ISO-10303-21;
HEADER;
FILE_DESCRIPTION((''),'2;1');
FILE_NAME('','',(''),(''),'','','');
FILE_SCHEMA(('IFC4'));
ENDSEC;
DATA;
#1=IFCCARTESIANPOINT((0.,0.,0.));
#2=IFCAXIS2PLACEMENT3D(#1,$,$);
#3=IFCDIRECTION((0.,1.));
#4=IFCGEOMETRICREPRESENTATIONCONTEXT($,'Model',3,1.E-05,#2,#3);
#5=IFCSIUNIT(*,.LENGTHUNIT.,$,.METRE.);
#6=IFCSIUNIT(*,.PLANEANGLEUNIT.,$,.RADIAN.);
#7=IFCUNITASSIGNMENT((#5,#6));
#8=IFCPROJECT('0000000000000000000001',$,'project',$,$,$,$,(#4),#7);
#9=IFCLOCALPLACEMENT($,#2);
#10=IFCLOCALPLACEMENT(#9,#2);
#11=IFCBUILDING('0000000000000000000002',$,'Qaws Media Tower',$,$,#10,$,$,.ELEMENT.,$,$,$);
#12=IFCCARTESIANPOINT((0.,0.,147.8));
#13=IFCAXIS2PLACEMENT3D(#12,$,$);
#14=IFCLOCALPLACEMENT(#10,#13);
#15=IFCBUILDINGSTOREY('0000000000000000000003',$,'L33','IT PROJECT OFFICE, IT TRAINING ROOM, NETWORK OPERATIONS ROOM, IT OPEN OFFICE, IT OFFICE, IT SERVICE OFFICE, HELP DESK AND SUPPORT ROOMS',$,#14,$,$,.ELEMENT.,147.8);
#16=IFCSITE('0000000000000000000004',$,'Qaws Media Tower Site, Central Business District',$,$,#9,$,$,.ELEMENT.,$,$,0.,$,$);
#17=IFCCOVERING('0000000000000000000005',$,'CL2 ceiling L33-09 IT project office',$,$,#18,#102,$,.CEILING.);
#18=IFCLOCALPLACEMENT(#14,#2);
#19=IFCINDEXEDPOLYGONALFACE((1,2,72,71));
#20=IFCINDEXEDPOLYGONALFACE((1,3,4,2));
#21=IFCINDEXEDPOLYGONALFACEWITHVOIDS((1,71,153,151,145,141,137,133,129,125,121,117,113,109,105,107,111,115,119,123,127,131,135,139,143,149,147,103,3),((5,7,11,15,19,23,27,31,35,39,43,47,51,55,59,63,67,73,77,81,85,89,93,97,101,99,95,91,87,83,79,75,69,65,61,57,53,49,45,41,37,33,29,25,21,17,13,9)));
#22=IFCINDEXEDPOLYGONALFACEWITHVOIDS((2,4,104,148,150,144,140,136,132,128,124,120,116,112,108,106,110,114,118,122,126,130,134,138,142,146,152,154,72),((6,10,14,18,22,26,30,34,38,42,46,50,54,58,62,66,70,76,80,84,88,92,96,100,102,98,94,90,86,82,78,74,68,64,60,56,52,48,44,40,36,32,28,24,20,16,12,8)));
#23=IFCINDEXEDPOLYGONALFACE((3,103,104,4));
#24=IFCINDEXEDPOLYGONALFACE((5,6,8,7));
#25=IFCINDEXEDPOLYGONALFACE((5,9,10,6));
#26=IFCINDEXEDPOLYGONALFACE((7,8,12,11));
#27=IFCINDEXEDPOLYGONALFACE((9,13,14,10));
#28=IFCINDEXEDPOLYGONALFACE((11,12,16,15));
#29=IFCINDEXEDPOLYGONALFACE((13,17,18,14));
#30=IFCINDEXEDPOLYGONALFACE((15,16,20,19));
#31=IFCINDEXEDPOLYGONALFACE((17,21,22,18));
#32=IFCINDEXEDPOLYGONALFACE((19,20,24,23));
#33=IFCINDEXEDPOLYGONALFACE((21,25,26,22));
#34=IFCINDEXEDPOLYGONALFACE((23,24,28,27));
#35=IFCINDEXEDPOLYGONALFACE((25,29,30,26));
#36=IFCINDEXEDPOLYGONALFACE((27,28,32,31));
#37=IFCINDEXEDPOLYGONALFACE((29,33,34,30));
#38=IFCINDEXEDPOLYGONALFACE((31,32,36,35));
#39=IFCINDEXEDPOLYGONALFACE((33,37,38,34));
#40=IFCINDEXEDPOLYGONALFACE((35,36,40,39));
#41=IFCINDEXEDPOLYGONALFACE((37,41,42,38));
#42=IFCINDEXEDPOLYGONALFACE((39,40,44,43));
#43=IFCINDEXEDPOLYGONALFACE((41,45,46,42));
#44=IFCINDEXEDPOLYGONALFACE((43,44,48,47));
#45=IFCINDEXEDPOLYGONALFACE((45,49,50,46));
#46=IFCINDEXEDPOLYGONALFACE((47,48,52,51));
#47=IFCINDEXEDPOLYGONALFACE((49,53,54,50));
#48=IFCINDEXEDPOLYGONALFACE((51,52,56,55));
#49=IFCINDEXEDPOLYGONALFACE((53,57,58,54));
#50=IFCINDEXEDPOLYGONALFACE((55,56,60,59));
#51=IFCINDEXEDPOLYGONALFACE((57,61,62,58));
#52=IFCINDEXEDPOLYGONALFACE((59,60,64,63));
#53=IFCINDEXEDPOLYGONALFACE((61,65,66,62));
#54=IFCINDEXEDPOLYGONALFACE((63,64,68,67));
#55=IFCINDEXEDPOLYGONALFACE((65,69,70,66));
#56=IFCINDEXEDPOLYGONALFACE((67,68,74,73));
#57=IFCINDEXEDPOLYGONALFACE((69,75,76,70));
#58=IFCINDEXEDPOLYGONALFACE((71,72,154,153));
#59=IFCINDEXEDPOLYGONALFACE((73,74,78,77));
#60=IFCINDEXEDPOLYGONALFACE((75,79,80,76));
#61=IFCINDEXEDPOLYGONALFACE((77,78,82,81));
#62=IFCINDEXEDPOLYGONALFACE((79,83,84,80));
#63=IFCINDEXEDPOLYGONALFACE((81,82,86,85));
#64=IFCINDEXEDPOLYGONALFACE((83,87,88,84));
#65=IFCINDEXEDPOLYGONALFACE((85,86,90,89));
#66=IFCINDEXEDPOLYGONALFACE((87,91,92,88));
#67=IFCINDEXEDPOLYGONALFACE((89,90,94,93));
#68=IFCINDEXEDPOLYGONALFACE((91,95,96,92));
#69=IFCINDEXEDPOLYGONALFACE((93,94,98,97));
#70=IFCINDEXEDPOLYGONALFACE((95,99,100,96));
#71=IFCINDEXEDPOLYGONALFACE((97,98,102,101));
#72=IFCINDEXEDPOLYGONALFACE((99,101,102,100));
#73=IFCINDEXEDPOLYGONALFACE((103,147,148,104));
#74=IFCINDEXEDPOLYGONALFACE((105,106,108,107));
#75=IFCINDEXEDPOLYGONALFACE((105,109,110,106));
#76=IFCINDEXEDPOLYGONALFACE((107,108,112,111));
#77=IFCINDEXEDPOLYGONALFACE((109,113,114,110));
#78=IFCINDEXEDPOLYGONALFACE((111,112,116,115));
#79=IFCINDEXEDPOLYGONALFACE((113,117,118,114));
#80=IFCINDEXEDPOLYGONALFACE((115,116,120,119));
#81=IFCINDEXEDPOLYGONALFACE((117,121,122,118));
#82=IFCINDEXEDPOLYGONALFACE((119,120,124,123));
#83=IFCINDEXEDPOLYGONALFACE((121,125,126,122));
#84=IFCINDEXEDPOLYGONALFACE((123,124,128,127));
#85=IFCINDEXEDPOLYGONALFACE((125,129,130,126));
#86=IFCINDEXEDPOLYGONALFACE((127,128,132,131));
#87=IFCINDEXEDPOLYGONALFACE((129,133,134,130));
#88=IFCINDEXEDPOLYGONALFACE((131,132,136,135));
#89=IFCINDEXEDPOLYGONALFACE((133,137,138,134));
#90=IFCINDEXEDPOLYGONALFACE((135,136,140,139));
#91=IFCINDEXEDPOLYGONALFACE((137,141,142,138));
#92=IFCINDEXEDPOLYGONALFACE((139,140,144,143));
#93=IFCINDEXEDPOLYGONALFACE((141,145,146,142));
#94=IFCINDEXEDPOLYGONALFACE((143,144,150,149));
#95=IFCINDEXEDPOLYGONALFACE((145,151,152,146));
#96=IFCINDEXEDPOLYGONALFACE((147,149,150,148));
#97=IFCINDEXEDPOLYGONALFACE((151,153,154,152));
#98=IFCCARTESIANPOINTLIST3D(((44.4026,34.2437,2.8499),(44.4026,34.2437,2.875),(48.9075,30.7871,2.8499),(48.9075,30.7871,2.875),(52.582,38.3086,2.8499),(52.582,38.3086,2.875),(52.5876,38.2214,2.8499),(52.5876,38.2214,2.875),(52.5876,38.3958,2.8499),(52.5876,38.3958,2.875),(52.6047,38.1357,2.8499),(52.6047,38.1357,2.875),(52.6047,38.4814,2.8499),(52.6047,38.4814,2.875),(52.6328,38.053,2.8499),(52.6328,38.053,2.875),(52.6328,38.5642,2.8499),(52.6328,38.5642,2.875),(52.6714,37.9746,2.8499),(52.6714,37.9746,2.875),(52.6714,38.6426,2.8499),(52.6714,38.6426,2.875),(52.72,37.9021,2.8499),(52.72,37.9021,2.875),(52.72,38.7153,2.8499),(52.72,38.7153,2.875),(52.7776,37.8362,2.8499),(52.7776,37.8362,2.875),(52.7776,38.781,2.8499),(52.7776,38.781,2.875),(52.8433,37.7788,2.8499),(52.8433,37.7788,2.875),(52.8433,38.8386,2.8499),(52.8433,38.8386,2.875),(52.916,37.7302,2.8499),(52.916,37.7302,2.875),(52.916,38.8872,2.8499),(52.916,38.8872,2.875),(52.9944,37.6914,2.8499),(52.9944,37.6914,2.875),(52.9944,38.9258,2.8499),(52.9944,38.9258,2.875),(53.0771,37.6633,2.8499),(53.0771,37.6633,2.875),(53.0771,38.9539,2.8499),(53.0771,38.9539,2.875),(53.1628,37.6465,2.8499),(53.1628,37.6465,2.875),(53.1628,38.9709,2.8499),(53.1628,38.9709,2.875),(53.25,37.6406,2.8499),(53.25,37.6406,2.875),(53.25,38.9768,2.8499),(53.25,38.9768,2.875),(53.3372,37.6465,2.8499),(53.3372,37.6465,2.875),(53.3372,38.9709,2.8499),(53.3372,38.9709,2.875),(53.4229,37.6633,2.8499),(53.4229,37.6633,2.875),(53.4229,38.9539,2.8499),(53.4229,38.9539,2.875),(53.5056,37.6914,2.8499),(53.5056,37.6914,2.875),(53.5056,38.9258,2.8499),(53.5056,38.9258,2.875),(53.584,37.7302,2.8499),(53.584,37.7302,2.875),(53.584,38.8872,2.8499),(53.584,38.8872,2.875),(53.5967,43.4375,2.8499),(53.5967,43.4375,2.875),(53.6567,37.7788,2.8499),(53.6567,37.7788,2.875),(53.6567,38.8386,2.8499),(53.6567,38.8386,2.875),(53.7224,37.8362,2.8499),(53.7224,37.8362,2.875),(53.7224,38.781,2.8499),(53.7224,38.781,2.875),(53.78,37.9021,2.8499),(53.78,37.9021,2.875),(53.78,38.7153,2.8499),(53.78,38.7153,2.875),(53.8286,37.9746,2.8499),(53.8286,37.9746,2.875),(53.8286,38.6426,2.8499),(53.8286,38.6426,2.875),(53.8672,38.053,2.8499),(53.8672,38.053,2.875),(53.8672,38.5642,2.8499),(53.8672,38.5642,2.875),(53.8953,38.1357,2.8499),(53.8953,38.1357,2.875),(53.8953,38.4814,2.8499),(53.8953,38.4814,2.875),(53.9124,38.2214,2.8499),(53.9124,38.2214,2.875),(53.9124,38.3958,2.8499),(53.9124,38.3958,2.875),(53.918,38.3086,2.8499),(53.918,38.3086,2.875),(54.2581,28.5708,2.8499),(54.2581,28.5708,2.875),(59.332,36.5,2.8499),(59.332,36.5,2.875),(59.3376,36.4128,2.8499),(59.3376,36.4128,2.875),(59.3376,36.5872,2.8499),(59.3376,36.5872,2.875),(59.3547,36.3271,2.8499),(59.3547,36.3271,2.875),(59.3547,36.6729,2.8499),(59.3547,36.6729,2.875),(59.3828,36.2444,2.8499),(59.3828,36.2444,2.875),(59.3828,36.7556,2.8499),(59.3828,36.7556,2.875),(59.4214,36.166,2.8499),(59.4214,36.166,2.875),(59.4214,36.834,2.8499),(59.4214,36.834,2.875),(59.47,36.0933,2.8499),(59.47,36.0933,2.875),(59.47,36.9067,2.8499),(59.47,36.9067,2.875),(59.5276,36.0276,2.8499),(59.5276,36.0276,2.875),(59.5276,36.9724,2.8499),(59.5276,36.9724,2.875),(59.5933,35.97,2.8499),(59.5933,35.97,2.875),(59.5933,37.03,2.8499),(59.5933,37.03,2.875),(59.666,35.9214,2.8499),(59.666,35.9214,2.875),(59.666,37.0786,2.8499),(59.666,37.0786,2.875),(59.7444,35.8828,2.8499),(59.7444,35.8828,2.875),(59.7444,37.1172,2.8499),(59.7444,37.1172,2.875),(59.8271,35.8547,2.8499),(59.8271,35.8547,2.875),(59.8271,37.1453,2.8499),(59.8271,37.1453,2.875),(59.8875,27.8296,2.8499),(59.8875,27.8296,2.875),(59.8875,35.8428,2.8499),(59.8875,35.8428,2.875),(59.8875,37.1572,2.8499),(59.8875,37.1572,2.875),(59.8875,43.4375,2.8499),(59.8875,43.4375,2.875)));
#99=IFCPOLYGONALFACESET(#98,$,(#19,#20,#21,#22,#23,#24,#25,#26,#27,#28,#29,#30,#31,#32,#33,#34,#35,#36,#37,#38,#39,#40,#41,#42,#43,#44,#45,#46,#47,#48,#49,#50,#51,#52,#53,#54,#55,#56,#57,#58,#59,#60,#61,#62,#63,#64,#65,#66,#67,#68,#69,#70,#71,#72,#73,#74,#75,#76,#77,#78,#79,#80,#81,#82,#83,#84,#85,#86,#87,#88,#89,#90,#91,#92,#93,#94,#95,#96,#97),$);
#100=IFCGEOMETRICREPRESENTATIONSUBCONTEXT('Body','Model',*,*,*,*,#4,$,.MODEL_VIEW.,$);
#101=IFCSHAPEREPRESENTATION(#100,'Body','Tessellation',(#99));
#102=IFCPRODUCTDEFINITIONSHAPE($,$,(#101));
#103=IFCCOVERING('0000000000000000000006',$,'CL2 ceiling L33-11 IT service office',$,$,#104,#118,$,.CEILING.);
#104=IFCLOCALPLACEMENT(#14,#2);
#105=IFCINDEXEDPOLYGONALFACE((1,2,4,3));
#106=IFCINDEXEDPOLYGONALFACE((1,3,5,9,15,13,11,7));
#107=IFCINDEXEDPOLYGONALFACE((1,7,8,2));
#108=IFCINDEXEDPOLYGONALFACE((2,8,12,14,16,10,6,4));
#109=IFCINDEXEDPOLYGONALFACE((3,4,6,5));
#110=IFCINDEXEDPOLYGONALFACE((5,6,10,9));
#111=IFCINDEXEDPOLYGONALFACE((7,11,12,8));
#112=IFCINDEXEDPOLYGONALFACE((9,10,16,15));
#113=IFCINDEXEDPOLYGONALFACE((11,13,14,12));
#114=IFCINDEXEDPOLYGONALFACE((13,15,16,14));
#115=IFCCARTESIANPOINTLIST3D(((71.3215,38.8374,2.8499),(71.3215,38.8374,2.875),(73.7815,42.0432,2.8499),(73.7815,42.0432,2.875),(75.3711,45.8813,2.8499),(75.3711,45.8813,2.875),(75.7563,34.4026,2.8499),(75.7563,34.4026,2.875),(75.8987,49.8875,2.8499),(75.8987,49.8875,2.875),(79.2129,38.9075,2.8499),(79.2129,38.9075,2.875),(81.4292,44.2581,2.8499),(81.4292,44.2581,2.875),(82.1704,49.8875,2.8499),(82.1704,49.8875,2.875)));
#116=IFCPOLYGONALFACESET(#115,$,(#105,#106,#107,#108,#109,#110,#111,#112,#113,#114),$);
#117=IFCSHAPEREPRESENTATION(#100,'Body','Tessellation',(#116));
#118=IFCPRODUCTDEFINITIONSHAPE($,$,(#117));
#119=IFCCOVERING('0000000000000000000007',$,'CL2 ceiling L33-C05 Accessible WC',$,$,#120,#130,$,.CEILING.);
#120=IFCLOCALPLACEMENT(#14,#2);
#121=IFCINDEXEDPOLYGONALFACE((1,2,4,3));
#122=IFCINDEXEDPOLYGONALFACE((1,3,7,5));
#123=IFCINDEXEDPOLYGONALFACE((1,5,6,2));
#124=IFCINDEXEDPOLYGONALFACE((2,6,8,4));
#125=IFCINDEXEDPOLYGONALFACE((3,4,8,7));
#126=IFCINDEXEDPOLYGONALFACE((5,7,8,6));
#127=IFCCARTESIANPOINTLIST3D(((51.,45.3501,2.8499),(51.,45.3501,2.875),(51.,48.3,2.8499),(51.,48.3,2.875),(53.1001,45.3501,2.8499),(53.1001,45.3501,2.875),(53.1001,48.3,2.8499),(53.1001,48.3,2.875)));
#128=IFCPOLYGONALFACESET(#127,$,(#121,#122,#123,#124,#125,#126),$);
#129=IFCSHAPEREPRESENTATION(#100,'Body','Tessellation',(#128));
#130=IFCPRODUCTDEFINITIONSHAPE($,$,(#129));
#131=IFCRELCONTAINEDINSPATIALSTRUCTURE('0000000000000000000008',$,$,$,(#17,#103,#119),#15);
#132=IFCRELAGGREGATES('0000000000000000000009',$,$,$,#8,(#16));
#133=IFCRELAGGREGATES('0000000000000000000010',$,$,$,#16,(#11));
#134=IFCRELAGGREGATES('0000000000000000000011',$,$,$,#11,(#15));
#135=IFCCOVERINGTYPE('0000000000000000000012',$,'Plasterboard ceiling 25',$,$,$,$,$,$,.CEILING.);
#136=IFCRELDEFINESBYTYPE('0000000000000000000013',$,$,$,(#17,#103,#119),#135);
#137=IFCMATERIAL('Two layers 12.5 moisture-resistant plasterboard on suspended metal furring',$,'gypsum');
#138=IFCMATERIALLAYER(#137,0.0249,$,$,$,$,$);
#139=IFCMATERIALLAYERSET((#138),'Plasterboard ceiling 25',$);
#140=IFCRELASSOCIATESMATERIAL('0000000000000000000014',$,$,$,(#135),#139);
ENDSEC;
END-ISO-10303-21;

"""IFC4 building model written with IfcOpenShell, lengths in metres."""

from ifc_helpers import new_model, si_unit, direction, frame, origin, place, context, subcontext, project, spatial, polyline, outline, extrude, material, layer, layer_set, type_object, element, save


model = new_model("IFC4")

# Units and contexts
model_context = context("Model", 3, precision=1e-05, world=origin(), true_north=direction((0.0, 1.0)))
body_context = subcontext(model_context, "Body", "Model", "MODEL_VIEW")
ifc_project = project(units=[si_unit("LENGTHUNIT", "METRE"), si_unit("PLANEANGLEUNIT", "RADIAN")], contexts=[model_context])

# Site, building, storey
site_placement = place(None, origin())
site = spatial("IfcSite", under=ifc_project, at=site_placement, Name="Qaws Media Tower Site, Central Business District", CompositionType="ELEMENT", RefElevation=0.0)
building_placement = place(site_placement, origin())
building = spatial("IfcBuilding", under=site, at=building_placement, Name="Qaws Media Tower", CompositionType="ELEMENT")
storey_placement = place(building_placement, frame((0.0, 0.0, 147.8)))
storey = spatial("IfcBuildingStorey", under=building, at=storey_placement, Name="L33", Description="IT PROJECT OFFICE, IT TRAINING ROOM, NETWORK OPERATIONS ROOM, IT OPEN OFFICE, IT OFFICE, IT SERVICE OFFICE, HELP DESK AND SUPPORT ROOMS", CompositionType="ELEMENT", Elevation=147.8)

# Coverings
ifc_material_1 = material(Name="Two layers 12.5 moisture-resistant plasterboard on suspended metal furring", Category="gypsum")
ifc_layer_1 = layer(ifc_material_1, 0.0249)
ifc_layer_set_1 = layer_set([ifc_layer_1], Name="Plasterboard ceiling 25")
covering_type_1 = type_object("IfcCoveringType", Name="Plasterboard ceiling 25", PredefinedType="CEILING", material=ifc_layer_set_1)
covering_1_placement = place(storey_placement, frame((0.0, 0.0, 2.8499)))
element("IfcCovering", 1, at=covering_1_placement, inside=storey, type_object=covering_type_1, Name="CL2 ceiling L33-09 IT project office", PredefinedType="CEILING", context=body_context, shape_type="SweptSolid", body=[
    extrude(outline(polyline([(54.2581, 28.5708), (48.9075, 30.7871), (44.4026, 34.2437), (53.5967, 43.4375), (59.8875, 43.4375), (59.8875, 37.1572), (59.8271, 37.1453), (59.7444, 37.1172), (59.666, 37.0786), (59.5933, 37.03), (59.5276, 36.9724), (59.47, 36.9067), (59.4214, 36.834), (59.3828, 36.7556), (59.3547, 36.6729), (59.3376, 36.5872), (59.332, 36.5), (59.3376, 36.4128), (59.3547, 36.3271), (59.3828, 36.2444), (59.4214, 36.166), (59.47, 36.0933), (59.5276, 36.0276), (59.5933, 35.97), (59.666, 35.9214), (59.7444, 35.8828), (59.8271, 35.8547), (59.8875, 35.8428), (59.8875, 27.8296), (54.2581, 28.5708)]), holes=[polyline([(53.8953, 38.1357), (53.9124, 38.2214), (53.918, 38.3086), (53.9124, 38.3958), (53.8953, 38.4814), (53.8672, 38.5642), (53.8286, 38.6426), (53.78, 38.7153), (53.7224, 38.781), (53.6567, 38.8386), (53.584, 38.8872), (53.5056, 38.9258), (53.4229, 38.9539), (53.3372, 38.9709), (53.25, 38.9768), (53.1628, 38.9709), (53.0771, 38.9539), (52.9944, 38.9258), (52.916, 38.8872), (52.8433, 38.8386), (52.7776, 38.781), (52.72, 38.7153), (52.6714, 38.6426), (52.6328, 38.5642), (52.6047, 38.4814), (52.5876, 38.3958), (52.582, 38.3086), (52.5876, 38.2214), (52.6047, 38.1357), (52.6328, 38.053), (52.6714, 37.9746), (52.72, 37.9021), (52.7776, 37.8362), (52.8433, 37.7788), (52.916, 37.7302), (52.9944, 37.6914), (53.0771, 37.6633), (53.1628, 37.6465), (53.25, 37.6406), (53.3372, 37.6465), (53.4229, 37.6633), (53.5056, 37.6914), (53.584, 37.7302), (53.6567, 37.7788), (53.7224, 37.8362), (53.78, 37.9021), (53.8286, 37.9746), (53.8672, 38.053), (53.8953, 38.1357)])]), origin(), (0.0, 0.0, 1.0), 0.0251),
])
covering_2_placement = place(storey_placement, frame((0.0, 0.0, 2.8499)))
element("IfcCovering", 2, at=covering_2_placement, inside=storey, type_object=covering_type_1, Name="CL2 ceiling L33-11 IT service office", PredefinedType="CEILING", context=body_context, shape_type="SweptSolid", body=[
    extrude(outline(polyline([(81.4292, 44.2581), (79.2129, 38.9075), (75.7563, 34.4026), (71.3215, 38.8374), (73.7815, 42.0432), (75.3711, 45.8813), (75.8987, 49.8875), (82.1704, 49.8875), (81.4292, 44.2581)])), origin(), (0.0, 0.0, 1.0), 0.0251),
])
covering_3_placement = place(storey_placement, frame((0.0, 0.0, 2.8499)))
element("IfcCovering", 3, at=covering_3_placement, inside=storey, type_object=covering_type_1, Name="CL2 ceiling L33-C05 Accessible WC", PredefinedType="CEILING", context=body_context, shape_type="SweptSolid", body=[
    extrude(outline(polyline([(51.0, 45.3501), (51.0, 48.3), (53.1001, 48.3), (53.1001, 45.3501), (51.0, 45.3501)])), origin(), (0.0, 0.0, 1.0), 0.0251),
])

save(model, "model.ifc")
